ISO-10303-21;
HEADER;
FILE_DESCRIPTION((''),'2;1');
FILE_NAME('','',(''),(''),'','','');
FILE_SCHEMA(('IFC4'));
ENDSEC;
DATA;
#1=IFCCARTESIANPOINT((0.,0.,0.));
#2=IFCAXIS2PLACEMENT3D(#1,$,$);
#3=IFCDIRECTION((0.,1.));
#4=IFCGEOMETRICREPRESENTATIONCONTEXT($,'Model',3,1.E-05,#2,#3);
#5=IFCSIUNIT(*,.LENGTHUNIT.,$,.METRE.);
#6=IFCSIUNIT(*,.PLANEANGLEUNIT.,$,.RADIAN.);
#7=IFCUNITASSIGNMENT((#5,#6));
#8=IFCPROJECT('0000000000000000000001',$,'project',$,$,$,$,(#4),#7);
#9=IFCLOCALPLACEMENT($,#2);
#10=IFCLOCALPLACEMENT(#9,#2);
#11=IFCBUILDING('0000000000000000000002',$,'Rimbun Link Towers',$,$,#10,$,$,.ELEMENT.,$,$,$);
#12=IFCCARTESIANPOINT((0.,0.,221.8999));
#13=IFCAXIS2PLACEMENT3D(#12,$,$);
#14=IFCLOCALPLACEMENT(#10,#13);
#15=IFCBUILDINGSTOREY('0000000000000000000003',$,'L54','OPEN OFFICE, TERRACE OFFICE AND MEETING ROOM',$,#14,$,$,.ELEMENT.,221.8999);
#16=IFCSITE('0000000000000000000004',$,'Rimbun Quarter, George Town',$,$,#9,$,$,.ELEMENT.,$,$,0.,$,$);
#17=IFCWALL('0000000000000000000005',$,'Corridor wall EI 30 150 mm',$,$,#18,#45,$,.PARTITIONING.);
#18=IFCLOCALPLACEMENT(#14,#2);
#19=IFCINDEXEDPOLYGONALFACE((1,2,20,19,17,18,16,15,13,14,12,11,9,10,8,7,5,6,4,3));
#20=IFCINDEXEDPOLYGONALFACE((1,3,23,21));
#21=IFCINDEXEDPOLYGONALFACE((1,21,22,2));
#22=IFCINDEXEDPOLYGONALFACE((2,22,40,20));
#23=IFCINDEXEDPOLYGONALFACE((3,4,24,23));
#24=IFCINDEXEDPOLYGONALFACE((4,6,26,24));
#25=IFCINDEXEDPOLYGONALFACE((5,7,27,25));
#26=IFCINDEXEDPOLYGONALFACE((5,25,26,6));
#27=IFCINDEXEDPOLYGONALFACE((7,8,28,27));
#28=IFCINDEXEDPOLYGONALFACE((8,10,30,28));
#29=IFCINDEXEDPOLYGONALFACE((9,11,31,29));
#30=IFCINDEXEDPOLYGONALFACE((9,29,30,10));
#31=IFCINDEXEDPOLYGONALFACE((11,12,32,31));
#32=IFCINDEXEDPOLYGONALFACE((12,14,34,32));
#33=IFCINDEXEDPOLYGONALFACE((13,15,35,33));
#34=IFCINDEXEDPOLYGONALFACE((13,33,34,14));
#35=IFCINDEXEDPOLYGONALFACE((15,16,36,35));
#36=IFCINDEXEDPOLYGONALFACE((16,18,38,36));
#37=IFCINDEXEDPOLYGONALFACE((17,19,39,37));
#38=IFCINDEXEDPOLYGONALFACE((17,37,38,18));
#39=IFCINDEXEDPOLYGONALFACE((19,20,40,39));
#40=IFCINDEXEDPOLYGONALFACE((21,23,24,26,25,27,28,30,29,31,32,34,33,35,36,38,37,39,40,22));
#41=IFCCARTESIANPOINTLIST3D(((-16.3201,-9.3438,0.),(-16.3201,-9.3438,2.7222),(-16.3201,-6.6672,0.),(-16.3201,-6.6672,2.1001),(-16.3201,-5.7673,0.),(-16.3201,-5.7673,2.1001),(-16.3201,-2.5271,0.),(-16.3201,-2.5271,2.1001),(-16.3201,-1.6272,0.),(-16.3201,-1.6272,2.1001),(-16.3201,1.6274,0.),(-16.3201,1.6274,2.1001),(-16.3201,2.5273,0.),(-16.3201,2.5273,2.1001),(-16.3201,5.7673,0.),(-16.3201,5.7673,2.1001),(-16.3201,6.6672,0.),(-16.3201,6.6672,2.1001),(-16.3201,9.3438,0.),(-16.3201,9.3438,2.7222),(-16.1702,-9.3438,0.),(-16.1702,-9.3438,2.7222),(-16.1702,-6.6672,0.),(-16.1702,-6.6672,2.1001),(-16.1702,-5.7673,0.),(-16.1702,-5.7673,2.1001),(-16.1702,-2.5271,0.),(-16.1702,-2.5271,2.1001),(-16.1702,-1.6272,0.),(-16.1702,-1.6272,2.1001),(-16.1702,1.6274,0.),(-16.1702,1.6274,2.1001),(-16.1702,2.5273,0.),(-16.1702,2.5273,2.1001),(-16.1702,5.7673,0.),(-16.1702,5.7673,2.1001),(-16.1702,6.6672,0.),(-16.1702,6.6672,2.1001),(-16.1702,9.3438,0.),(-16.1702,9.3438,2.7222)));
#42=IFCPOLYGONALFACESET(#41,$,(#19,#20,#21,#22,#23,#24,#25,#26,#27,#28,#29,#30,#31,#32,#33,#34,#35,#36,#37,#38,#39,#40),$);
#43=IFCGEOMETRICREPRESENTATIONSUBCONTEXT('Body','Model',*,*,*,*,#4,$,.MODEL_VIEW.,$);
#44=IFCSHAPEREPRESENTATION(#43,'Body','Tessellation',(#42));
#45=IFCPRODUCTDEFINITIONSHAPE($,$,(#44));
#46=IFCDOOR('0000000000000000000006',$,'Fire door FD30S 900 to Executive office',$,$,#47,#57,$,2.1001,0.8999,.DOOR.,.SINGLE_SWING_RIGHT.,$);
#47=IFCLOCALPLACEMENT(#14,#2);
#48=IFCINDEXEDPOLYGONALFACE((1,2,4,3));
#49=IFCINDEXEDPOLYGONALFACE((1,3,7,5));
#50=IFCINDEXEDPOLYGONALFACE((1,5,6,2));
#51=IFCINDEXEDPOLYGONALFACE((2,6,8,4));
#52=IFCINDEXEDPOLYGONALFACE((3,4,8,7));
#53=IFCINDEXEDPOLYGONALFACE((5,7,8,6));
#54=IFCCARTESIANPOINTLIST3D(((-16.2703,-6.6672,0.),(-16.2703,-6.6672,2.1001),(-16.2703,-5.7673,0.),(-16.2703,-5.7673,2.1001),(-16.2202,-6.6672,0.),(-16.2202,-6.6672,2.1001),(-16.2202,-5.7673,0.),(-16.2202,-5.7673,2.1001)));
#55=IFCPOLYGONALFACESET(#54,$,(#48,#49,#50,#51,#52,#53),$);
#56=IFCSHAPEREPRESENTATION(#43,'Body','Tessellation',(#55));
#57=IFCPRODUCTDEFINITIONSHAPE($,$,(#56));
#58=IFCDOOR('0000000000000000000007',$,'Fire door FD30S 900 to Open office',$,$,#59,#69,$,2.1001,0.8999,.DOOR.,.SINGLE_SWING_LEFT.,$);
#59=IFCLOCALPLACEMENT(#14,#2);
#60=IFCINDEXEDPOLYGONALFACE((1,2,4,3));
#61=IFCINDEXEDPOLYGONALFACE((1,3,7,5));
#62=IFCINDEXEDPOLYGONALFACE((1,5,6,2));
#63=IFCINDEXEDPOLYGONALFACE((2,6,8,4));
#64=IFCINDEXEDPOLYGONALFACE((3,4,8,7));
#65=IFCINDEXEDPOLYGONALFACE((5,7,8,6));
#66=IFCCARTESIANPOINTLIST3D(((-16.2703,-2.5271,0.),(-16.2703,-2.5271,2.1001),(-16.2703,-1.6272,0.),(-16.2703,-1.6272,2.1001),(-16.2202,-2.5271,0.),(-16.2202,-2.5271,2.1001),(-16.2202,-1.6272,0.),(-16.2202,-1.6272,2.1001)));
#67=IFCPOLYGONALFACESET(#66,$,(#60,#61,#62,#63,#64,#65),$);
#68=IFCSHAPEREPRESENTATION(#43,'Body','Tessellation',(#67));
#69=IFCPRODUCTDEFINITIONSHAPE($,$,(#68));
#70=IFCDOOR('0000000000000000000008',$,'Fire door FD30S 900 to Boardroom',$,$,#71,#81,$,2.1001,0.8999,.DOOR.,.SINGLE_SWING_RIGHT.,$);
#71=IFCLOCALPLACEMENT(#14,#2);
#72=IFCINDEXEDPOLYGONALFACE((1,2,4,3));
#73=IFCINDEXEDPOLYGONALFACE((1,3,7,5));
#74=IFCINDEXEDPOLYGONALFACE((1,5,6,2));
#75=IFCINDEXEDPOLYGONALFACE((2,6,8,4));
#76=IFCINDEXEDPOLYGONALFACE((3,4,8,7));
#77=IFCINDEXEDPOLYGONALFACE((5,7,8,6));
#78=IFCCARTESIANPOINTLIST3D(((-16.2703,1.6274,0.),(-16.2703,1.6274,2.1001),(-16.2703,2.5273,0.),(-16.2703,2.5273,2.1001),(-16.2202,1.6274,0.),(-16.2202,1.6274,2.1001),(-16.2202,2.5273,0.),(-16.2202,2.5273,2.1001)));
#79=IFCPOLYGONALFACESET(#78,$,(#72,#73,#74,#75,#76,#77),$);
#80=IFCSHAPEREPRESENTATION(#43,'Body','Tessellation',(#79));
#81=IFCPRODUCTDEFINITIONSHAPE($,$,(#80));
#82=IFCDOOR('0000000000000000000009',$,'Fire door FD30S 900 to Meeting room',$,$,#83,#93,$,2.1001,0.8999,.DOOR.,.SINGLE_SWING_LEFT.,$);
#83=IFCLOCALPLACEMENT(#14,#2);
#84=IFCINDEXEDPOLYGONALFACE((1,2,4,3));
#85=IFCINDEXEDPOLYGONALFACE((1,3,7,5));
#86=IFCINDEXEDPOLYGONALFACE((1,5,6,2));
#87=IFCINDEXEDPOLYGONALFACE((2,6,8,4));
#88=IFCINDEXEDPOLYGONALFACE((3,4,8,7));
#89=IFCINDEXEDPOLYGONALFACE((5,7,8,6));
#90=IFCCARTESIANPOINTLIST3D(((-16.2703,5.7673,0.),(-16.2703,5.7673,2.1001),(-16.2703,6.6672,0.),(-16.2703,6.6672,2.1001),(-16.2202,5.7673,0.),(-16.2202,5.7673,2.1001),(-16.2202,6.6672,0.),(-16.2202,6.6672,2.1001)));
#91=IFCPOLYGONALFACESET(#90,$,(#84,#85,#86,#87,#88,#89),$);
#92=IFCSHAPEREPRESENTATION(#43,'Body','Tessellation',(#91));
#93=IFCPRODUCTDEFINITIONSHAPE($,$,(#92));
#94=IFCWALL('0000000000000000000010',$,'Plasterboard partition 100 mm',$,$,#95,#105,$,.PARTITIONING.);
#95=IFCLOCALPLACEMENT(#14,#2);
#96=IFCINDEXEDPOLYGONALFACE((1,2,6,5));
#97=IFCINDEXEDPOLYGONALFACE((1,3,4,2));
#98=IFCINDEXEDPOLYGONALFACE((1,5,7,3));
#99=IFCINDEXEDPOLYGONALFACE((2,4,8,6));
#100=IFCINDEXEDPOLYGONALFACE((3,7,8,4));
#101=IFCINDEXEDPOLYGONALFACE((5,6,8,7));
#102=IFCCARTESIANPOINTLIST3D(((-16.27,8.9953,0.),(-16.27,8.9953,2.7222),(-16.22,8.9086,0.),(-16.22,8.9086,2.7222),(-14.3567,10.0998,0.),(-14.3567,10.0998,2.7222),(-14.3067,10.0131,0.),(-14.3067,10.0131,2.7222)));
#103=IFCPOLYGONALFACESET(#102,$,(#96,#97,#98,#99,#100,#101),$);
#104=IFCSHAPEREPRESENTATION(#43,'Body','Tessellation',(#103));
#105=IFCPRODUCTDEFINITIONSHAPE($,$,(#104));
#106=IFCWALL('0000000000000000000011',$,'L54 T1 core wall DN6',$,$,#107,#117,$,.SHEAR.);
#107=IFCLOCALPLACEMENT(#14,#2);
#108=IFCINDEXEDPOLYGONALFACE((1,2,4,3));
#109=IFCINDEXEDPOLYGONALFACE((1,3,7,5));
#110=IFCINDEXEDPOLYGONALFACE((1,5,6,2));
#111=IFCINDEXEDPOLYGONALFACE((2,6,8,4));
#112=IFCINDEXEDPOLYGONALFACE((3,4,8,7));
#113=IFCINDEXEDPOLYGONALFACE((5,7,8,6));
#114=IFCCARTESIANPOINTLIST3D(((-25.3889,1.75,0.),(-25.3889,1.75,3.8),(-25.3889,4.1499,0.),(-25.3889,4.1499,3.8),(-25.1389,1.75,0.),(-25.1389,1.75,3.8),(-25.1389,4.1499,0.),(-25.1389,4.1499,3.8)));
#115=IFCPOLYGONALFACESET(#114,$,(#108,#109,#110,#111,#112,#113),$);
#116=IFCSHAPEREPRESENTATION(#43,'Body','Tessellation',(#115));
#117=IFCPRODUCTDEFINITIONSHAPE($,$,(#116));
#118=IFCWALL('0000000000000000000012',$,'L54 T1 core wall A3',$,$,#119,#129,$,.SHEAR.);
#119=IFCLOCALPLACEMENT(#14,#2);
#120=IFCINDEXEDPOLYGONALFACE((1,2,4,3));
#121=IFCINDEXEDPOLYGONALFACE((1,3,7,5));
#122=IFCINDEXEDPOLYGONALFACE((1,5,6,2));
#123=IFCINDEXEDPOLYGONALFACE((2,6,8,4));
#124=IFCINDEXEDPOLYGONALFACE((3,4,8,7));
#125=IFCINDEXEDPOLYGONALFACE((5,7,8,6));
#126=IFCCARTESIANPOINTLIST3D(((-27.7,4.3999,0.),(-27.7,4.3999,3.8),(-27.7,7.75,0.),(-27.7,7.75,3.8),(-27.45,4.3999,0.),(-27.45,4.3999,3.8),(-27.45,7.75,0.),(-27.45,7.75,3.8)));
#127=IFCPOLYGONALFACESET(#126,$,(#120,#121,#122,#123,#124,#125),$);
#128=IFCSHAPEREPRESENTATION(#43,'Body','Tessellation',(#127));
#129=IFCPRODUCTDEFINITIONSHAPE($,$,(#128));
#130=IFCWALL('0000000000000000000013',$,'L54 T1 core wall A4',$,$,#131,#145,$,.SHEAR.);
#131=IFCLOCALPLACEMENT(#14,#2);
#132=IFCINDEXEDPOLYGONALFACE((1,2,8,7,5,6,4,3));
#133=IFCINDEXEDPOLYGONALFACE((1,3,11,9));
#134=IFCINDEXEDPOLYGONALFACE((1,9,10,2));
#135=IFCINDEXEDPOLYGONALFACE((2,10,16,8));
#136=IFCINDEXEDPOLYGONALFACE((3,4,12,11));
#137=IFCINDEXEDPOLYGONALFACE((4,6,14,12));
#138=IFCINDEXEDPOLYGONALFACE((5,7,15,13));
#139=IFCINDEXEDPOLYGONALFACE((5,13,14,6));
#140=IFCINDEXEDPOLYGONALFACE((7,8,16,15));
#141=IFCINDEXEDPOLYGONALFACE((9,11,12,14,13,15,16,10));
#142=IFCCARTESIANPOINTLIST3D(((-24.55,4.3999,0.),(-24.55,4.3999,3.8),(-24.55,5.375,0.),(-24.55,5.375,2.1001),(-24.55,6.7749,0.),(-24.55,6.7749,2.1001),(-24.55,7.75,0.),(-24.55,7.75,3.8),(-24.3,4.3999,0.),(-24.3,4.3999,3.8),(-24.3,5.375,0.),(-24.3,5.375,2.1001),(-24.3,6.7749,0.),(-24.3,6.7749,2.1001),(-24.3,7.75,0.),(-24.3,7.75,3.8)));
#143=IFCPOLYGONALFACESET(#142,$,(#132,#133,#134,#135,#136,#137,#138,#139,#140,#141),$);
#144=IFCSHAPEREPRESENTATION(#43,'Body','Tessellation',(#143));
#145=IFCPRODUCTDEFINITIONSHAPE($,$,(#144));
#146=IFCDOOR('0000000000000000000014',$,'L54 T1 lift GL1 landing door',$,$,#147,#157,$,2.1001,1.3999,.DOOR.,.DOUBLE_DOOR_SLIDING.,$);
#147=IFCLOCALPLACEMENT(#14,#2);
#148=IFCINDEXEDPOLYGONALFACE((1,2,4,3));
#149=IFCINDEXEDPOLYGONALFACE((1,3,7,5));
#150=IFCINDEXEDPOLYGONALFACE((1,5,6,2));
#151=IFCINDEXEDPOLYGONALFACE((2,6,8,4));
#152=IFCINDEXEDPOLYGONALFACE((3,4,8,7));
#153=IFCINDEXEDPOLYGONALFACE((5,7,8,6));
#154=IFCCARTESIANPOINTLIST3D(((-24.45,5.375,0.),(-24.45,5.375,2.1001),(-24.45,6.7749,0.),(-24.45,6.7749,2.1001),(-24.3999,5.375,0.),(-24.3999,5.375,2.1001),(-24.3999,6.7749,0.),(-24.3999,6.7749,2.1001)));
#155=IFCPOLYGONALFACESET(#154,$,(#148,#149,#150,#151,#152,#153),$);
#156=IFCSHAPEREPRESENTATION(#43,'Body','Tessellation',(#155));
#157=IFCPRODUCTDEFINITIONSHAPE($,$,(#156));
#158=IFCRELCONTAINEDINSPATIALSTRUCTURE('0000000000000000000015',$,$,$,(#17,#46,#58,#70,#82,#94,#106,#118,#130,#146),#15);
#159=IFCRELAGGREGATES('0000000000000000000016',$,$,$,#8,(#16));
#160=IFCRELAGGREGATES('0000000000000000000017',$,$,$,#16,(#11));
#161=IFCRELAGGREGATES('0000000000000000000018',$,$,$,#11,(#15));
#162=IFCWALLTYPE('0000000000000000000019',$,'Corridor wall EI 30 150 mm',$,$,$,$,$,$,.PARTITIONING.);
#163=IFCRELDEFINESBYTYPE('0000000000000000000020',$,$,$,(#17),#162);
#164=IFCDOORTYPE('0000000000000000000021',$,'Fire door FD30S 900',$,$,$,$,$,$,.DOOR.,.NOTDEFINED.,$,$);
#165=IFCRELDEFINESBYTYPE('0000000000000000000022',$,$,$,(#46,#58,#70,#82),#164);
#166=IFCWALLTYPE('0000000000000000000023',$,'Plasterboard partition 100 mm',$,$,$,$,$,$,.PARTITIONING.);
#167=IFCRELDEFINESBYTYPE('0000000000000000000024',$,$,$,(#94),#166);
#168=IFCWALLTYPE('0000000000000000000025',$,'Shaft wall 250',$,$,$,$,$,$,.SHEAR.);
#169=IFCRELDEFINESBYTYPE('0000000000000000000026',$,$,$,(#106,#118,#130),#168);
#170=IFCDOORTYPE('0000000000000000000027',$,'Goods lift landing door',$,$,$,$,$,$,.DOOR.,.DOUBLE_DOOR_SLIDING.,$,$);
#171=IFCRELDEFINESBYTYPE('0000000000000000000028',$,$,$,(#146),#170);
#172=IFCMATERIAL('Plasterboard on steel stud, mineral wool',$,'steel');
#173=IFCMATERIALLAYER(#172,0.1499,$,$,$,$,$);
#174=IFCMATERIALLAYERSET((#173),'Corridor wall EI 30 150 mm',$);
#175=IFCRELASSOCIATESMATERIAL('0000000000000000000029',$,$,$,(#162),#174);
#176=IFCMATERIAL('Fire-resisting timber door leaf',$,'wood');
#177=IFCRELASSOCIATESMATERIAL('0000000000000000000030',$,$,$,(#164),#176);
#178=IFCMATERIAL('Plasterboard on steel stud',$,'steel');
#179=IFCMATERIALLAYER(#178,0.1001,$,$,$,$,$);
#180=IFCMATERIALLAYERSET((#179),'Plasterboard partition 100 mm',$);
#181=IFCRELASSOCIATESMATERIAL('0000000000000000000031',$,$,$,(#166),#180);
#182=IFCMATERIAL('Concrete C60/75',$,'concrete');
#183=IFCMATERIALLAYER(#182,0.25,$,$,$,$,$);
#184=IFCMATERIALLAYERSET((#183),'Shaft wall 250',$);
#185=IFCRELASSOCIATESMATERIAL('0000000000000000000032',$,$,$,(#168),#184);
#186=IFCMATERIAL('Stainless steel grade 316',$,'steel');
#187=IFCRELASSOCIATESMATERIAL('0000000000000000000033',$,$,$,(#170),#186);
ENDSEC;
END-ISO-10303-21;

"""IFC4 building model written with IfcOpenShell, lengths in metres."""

from ifc_helpers import new_model, si_unit, direction, frame, frame_2d, origin, place, context, subcontext, project, spatial, rectangle, extrude, material, layer, layer_set, type_object, element, fill, save


model = new_model("IFC4")

# Units and contexts
model_context = context("Model", 3, precision=1e-05, world=origin(), true_north=direction((0.0, 1.0)))
body_context = subcontext(model_context, "Body", "Model", "MODEL_VIEW")
ifc_project = project(units=[si_unit("LENGTHUNIT", "METRE"), si_unit("PLANEANGLEUNIT", "RADIAN")], contexts=[model_context])

# Site, building, storey
site_placement = place(None, origin())
site = spatial("IfcSite", under=ifc_project, at=site_placement, Name="Rimbun Quarter, George Town", CompositionType="ELEMENT", RefElevation=0.0)
building_placement = place(site_placement, origin())
building = spatial("IfcBuilding", under=site, at=building_placement, Name="Rimbun Link Towers", CompositionType="ELEMENT")
storey_placement = place(building_placement, frame((0.0, 0.0, 221.8999)))
storey = spatial("IfcBuildingStorey", under=building, at=storey_placement, Name="L54", Description="OPEN OFFICE, TERRACE OFFICE AND MEETING ROOM", CompositionType="ELEMENT", Elevation=221.8999)

# Shared definitions
ifc_material_1 = material(Name="Plasterboard on steel stud, mineral wool", Category="steel")
ifc_layer_1 = layer(ifc_material_1, 0.1499)
ifc_layer_set_1 = layer_set([ifc_layer_1], Name="Corridor wall EI 30 150 mm")
wall_type_1 = type_object("IfcWallType", Name="Corridor wall EI 30 150 mm", PredefinedType="PARTITIONING", material=ifc_layer_set_1)

# Wall, openings, doors
wall_1_placement = place(storey_placement, frame((-16.2451, 9.3438, 0.0), z_axis=(0.0, 0.0, 1.0), x_axis=(0.0, -1.0, 0.0)))
wall_1 = element("IfcWall", 1, at=wall_1_placement, inside=storey, type_object=wall_type_1, Name="Corridor wall EI 30 150 mm", PredefinedType="PARTITIONING", context=body_context, shape_type="SweptSolid", body=[
    extrude(rectangle(XDim=18.6875, YDim=0.1499, at=frame_2d((9.3438, 0.0))), origin(), (0.0, 0.0, 1.0), 2.7222),
])
opening_1_placement = place(wall_1_placement, frame((15.1111, 0.0, 0.0)))
opening_1 = element("IfcOpeningElement", 2, at=opening_1_placement, cuts=wall_1, PredefinedType="OPENING", context=body_context, shape_type="SweptSolid", body=[
    extrude(rectangle(XDim=0.8999, YDim=2.1001, at=frame_2d((0.45, 1.05))), frame((0.0, 0.085, 0.0), z_axis=(0.0, -1.0, 0.0), x_axis=(1.0, 0.0, 0.0)), (0.0, 0.0, 1.0), 0.1699),
])
opening_2_placement = place(wall_1_placement, frame((10.9709, 0.0, 0.0)))
opening_2 = element("IfcOpeningElement", 3, at=opening_2_placement, cuts=wall_1, PredefinedType="OPENING", context=body_context, shape_type="SweptSolid", body=[
    extrude(rectangle(XDim=0.8999, YDim=2.1001, at=frame_2d((0.45, 1.05))), frame((0.0, 0.085, 0.0), z_axis=(0.0, -1.0, 0.0), x_axis=(1.0, 0.0, 0.0)), (0.0, 0.0, 1.0), 0.1699),
])
opening_3_placement = place(wall_1_placement, frame((6.8164, 0.0, 0.0)))
opening_3 = element("IfcOpeningElement", 4, at=opening_3_placement, cuts=wall_1, PredefinedType="OPENING", context=body_context, shape_type="SweptSolid", body=[
    extrude(rectangle(XDim=0.8999, YDim=2.1001, at=frame_2d((0.45, 1.05))), frame((0.0, 0.085, 0.0), z_axis=(0.0, -1.0, 0.0), x_axis=(1.0, 0.0, 0.0)), (0.0, 0.0, 1.0), 0.1699),
])
opening_4_placement = place(wall_1_placement, frame((2.6765, 0.0, 0.0)))
opening_4 = element("IfcOpeningElement", 5, at=opening_4_placement, cuts=wall_1, PredefinedType="OPENING", context=body_context, shape_type="SweptSolid", body=[
    extrude(rectangle(XDim=0.8999, YDim=2.1001, at=frame_2d((0.45, 1.05))), frame((0.0, 0.085, 0.0), z_axis=(0.0, -1.0, 0.0), x_axis=(1.0, 0.0, 0.0)), (0.0, 0.0, 1.0), 0.1699),
])
ifc_material_2 = material(Name="Fire-resisting timber door leaf", Category="wood")
door_type_1 = type_object("IfcDoorType", Name="Fire door FD30S 900", OperationType="NOTDEFINED", PredefinedType="DOOR", material=ifc_material_2)
door_1_placement = place(opening_1_placement, origin())
door_1 = element("IfcDoor", 6, at=door_1_placement, inside=storey, type_object=door_type_1, Name="Fire door FD30S 900 to Executive office", OperationType="SINGLE_SWING_RIGHT", OverallHeight=2.1001, OverallWidth=0.8999, PredefinedType="DOOR", context=body_context, shape_type="SweptSolid", body=[
    extrude(rectangle(XDim=0.8999, YDim=2.1001, at=frame_2d((0.45, 1.05))), frame((0.0, 0.0249, 0.0), z_axis=(0.0, -1.0, 0.0), x_axis=(1.0, 0.0, 0.0)), (0.0, 0.0, 1.0), 0.05),
])
fill(opening_1, door_1)
door_2_placement = place(opening_2_placement, origin())
door_2 = element("IfcDoor", 7, at=door_2_placement, inside=storey, type_object=door_type_1, Name="Fire door FD30S 900 to Open office", OperationType="SINGLE_SWING_LEFT", OverallHeight=2.1001, OverallWidth=0.8999, PredefinedType="DOOR", context=body_context, shape_type="SweptSolid", body=[
    extrude(rectangle(XDim=0.8999, YDim=2.1001, at=frame_2d((0.45, 1.05))), frame((0.0, 0.0249, 0.0), z_axis=(0.0, -1.0, 0.0), x_axis=(1.0, 0.0, 0.0)), (0.0, 0.0, 1.0), 0.05),
])
fill(opening_2, door_2)
door_3_placement = place(opening_3_placement, origin())
door_3 = element("IfcDoor", 8, at=door_3_placement, inside=storey, type_object=door_type_1, Name="Fire door FD30S 900 to Boardroom", OperationType="SINGLE_SWING_RIGHT", OverallHeight=2.1001, OverallWidth=0.8999, PredefinedType="DOOR", context=body_context, shape_type="SweptSolid", body=[
    extrude(rectangle(XDim=0.8999, YDim=2.1001, at=frame_2d((0.45, 1.05))), frame((0.0, 0.0249, 0.0), z_axis=(0.0, -1.0, 0.0), x_axis=(1.0, 0.0, 0.0)), (0.0, 0.0, 1.0), 0.05),
])
fill(opening_3, door_3)
door_4_placement = place(opening_4_placement, origin())
door_4 = element("IfcDoor", 9, at=door_4_placement, inside=storey, type_object=door_type_1, Name="Fire door FD30S 900 to Meeting room", OperationType="SINGLE_SWING_LEFT", OverallHeight=2.1001, OverallWidth=0.8999, PredefinedType="DOOR", context=body_context, shape_type="SweptSolid", body=[
    extrude(rectangle(XDim=0.8999, YDim=2.1001, at=frame_2d((0.45, 1.05))), frame((0.0, 0.0249, 0.0), z_axis=(0.0, -1.0, 0.0), x_axis=(1.0, 0.0, 0.0)), (0.0, 0.0, 1.0), 0.05),
])
fill(opening_4, door_4)

# Walls
ifc_material_3 = material(Name="Plasterboard on steel stud", Category="steel")
ifc_layer_2 = layer(ifc_material_3, 0.1001)
ifc_layer_set_2 = layer_set([ifc_layer_2], Name="Plasterboard partition 100 mm")
wall_type_2 = type_object("IfcWallType", Name="Plasterboard partition 100 mm", PredefinedType="PARTITIONING", material=ifc_layer_set_2)
wall_2_placement = place(storey_placement, frame((-14.3318, 10.0564, 0.0), z_axis=(0.0, 0.0, 1.0), x_axis=(-0.866059, -0.499942, 0.0)))
element("IfcWall", 10, at=wall_2_placement, inside=storey, type_object=wall_type_2, Name="Plasterboard partition 100 mm", PredefinedType="PARTITIONING", context=body_context, shape_type="SweptSolid", body=[
    extrude(rectangle(XDim=2.2092, YDim=0.1001, at=frame_2d((1.1045, 0.0))), origin(), (0.0, 0.0, 1.0), 2.7222),
])
ifc_material_4 = material(Name="Concrete C60/75", Category="concrete")
ifc_layer_3 = layer(ifc_material_4, 0.25)
ifc_layer_set_3 = layer_set([ifc_layer_3], Name="Shaft wall 250")
wall_type_3 = type_object("IfcWallType", Name="Shaft wall 250", PredefinedType="SHEAR", material=ifc_layer_set_3)
wall_3_placement = place(storey_placement, frame((-25.2639, 1.75, 0.0), z_axis=(0.0, 0.0, 1.0), x_axis=(0.0, 1.0, 0.0)))
element("IfcWall", 11, at=wall_3_placement, inside=storey, type_object=wall_type_3, Name="L54 T1 core wall DN6", PredefinedType="SHEAR", context=body_context, shape_type="SweptSolid", body=[
    extrude(rectangle(XDim=2.3999, YDim=0.25, at=frame_2d((1.2, 0.0))), origin(), (0.0, 0.0, 1.0), 3.8),
])
wall_4_placement = place(storey_placement, frame((-27.575, 4.3999, 0.0), z_axis=(0.0, 0.0, 1.0), x_axis=(0.0, 1.0, 0.0)))
element("IfcWall", 12, at=wall_4_placement, inside=storey, type_object=wall_type_3, Name="L54 T1 core wall A3", PredefinedType="SHEAR", context=body_context, shape_type="SweptSolid", body=[
    extrude(rectangle(XDim=3.3501, YDim=0.25, at=frame_2d((1.675, 0.0))), origin(), (0.0, 0.0, 1.0), 3.8),
])

# Wall, opening, door
wall_5_placement = place(storey_placement, frame((-24.425, 4.3999, 0.0), z_axis=(0.0, 0.0, 1.0), x_axis=(0.0, 1.0, 0.0)))
wall_5 = element("IfcWall", 13, at=wall_5_placement, inside=storey, type_object=wall_type_3, Name="L54 T1 core wall A4", PredefinedType="SHEAR", context=body_context, shape_type="SweptSolid", body=[
    extrude(rectangle(XDim=3.3501, YDim=0.25, at=frame_2d((1.675, 0.0))), origin(), (0.0, 0.0, 1.0), 3.8),
])
opening_5_placement = place(wall_5_placement, frame((0.9751, 0.0, 0.0)))
opening_5 = element("IfcOpeningElement", 14, at=opening_5_placement, cuts=wall_5, PredefinedType="OPENING", context=body_context, shape_type="SweptSolid", body=[
    extrude(rectangle(XDim=1.3999, YDim=2.1001, at=frame_2d((0.7, 1.05))), frame((0.0, 0.135, 0.0), z_axis=(0.0, -1.0, 0.0), x_axis=(1.0, 0.0, 0.0)), (0.0, 0.0, 1.0), 0.27),
])
ifc_material_5 = material(Name="Stainless steel grade 316", Category="steel")
door_type_2 = type_object("IfcDoorType", Name="Goods lift landing door", OperationType="DOUBLE_DOOR_SLIDING", PredefinedType="DOOR", material=ifc_material_5)
door_5_placement = place(opening_5_placement, origin())
door_5 = element("IfcDoor", 15, at=door_5_placement, inside=storey, type_object=door_type_2, Name="L54 T1 lift GL1 landing door", OperationType="DOUBLE_DOOR_SLIDING", OverallHeight=2.1001, OverallWidth=1.3999, PredefinedType="DOOR", context=body_context, shape_type="SweptSolid", body=[
    extrude(rectangle(XDim=1.3999, YDim=2.1001, at=frame_2d((0.7, 1.05))), frame((0.0, 0.0249, 0.0), z_axis=(0.0, -1.0, 0.0), x_axis=(1.0, 0.0, 0.0)), (0.0, 0.0, 1.0), 0.05),
])
fill(opening_5, door_5)

save(model, "model.ifc")
